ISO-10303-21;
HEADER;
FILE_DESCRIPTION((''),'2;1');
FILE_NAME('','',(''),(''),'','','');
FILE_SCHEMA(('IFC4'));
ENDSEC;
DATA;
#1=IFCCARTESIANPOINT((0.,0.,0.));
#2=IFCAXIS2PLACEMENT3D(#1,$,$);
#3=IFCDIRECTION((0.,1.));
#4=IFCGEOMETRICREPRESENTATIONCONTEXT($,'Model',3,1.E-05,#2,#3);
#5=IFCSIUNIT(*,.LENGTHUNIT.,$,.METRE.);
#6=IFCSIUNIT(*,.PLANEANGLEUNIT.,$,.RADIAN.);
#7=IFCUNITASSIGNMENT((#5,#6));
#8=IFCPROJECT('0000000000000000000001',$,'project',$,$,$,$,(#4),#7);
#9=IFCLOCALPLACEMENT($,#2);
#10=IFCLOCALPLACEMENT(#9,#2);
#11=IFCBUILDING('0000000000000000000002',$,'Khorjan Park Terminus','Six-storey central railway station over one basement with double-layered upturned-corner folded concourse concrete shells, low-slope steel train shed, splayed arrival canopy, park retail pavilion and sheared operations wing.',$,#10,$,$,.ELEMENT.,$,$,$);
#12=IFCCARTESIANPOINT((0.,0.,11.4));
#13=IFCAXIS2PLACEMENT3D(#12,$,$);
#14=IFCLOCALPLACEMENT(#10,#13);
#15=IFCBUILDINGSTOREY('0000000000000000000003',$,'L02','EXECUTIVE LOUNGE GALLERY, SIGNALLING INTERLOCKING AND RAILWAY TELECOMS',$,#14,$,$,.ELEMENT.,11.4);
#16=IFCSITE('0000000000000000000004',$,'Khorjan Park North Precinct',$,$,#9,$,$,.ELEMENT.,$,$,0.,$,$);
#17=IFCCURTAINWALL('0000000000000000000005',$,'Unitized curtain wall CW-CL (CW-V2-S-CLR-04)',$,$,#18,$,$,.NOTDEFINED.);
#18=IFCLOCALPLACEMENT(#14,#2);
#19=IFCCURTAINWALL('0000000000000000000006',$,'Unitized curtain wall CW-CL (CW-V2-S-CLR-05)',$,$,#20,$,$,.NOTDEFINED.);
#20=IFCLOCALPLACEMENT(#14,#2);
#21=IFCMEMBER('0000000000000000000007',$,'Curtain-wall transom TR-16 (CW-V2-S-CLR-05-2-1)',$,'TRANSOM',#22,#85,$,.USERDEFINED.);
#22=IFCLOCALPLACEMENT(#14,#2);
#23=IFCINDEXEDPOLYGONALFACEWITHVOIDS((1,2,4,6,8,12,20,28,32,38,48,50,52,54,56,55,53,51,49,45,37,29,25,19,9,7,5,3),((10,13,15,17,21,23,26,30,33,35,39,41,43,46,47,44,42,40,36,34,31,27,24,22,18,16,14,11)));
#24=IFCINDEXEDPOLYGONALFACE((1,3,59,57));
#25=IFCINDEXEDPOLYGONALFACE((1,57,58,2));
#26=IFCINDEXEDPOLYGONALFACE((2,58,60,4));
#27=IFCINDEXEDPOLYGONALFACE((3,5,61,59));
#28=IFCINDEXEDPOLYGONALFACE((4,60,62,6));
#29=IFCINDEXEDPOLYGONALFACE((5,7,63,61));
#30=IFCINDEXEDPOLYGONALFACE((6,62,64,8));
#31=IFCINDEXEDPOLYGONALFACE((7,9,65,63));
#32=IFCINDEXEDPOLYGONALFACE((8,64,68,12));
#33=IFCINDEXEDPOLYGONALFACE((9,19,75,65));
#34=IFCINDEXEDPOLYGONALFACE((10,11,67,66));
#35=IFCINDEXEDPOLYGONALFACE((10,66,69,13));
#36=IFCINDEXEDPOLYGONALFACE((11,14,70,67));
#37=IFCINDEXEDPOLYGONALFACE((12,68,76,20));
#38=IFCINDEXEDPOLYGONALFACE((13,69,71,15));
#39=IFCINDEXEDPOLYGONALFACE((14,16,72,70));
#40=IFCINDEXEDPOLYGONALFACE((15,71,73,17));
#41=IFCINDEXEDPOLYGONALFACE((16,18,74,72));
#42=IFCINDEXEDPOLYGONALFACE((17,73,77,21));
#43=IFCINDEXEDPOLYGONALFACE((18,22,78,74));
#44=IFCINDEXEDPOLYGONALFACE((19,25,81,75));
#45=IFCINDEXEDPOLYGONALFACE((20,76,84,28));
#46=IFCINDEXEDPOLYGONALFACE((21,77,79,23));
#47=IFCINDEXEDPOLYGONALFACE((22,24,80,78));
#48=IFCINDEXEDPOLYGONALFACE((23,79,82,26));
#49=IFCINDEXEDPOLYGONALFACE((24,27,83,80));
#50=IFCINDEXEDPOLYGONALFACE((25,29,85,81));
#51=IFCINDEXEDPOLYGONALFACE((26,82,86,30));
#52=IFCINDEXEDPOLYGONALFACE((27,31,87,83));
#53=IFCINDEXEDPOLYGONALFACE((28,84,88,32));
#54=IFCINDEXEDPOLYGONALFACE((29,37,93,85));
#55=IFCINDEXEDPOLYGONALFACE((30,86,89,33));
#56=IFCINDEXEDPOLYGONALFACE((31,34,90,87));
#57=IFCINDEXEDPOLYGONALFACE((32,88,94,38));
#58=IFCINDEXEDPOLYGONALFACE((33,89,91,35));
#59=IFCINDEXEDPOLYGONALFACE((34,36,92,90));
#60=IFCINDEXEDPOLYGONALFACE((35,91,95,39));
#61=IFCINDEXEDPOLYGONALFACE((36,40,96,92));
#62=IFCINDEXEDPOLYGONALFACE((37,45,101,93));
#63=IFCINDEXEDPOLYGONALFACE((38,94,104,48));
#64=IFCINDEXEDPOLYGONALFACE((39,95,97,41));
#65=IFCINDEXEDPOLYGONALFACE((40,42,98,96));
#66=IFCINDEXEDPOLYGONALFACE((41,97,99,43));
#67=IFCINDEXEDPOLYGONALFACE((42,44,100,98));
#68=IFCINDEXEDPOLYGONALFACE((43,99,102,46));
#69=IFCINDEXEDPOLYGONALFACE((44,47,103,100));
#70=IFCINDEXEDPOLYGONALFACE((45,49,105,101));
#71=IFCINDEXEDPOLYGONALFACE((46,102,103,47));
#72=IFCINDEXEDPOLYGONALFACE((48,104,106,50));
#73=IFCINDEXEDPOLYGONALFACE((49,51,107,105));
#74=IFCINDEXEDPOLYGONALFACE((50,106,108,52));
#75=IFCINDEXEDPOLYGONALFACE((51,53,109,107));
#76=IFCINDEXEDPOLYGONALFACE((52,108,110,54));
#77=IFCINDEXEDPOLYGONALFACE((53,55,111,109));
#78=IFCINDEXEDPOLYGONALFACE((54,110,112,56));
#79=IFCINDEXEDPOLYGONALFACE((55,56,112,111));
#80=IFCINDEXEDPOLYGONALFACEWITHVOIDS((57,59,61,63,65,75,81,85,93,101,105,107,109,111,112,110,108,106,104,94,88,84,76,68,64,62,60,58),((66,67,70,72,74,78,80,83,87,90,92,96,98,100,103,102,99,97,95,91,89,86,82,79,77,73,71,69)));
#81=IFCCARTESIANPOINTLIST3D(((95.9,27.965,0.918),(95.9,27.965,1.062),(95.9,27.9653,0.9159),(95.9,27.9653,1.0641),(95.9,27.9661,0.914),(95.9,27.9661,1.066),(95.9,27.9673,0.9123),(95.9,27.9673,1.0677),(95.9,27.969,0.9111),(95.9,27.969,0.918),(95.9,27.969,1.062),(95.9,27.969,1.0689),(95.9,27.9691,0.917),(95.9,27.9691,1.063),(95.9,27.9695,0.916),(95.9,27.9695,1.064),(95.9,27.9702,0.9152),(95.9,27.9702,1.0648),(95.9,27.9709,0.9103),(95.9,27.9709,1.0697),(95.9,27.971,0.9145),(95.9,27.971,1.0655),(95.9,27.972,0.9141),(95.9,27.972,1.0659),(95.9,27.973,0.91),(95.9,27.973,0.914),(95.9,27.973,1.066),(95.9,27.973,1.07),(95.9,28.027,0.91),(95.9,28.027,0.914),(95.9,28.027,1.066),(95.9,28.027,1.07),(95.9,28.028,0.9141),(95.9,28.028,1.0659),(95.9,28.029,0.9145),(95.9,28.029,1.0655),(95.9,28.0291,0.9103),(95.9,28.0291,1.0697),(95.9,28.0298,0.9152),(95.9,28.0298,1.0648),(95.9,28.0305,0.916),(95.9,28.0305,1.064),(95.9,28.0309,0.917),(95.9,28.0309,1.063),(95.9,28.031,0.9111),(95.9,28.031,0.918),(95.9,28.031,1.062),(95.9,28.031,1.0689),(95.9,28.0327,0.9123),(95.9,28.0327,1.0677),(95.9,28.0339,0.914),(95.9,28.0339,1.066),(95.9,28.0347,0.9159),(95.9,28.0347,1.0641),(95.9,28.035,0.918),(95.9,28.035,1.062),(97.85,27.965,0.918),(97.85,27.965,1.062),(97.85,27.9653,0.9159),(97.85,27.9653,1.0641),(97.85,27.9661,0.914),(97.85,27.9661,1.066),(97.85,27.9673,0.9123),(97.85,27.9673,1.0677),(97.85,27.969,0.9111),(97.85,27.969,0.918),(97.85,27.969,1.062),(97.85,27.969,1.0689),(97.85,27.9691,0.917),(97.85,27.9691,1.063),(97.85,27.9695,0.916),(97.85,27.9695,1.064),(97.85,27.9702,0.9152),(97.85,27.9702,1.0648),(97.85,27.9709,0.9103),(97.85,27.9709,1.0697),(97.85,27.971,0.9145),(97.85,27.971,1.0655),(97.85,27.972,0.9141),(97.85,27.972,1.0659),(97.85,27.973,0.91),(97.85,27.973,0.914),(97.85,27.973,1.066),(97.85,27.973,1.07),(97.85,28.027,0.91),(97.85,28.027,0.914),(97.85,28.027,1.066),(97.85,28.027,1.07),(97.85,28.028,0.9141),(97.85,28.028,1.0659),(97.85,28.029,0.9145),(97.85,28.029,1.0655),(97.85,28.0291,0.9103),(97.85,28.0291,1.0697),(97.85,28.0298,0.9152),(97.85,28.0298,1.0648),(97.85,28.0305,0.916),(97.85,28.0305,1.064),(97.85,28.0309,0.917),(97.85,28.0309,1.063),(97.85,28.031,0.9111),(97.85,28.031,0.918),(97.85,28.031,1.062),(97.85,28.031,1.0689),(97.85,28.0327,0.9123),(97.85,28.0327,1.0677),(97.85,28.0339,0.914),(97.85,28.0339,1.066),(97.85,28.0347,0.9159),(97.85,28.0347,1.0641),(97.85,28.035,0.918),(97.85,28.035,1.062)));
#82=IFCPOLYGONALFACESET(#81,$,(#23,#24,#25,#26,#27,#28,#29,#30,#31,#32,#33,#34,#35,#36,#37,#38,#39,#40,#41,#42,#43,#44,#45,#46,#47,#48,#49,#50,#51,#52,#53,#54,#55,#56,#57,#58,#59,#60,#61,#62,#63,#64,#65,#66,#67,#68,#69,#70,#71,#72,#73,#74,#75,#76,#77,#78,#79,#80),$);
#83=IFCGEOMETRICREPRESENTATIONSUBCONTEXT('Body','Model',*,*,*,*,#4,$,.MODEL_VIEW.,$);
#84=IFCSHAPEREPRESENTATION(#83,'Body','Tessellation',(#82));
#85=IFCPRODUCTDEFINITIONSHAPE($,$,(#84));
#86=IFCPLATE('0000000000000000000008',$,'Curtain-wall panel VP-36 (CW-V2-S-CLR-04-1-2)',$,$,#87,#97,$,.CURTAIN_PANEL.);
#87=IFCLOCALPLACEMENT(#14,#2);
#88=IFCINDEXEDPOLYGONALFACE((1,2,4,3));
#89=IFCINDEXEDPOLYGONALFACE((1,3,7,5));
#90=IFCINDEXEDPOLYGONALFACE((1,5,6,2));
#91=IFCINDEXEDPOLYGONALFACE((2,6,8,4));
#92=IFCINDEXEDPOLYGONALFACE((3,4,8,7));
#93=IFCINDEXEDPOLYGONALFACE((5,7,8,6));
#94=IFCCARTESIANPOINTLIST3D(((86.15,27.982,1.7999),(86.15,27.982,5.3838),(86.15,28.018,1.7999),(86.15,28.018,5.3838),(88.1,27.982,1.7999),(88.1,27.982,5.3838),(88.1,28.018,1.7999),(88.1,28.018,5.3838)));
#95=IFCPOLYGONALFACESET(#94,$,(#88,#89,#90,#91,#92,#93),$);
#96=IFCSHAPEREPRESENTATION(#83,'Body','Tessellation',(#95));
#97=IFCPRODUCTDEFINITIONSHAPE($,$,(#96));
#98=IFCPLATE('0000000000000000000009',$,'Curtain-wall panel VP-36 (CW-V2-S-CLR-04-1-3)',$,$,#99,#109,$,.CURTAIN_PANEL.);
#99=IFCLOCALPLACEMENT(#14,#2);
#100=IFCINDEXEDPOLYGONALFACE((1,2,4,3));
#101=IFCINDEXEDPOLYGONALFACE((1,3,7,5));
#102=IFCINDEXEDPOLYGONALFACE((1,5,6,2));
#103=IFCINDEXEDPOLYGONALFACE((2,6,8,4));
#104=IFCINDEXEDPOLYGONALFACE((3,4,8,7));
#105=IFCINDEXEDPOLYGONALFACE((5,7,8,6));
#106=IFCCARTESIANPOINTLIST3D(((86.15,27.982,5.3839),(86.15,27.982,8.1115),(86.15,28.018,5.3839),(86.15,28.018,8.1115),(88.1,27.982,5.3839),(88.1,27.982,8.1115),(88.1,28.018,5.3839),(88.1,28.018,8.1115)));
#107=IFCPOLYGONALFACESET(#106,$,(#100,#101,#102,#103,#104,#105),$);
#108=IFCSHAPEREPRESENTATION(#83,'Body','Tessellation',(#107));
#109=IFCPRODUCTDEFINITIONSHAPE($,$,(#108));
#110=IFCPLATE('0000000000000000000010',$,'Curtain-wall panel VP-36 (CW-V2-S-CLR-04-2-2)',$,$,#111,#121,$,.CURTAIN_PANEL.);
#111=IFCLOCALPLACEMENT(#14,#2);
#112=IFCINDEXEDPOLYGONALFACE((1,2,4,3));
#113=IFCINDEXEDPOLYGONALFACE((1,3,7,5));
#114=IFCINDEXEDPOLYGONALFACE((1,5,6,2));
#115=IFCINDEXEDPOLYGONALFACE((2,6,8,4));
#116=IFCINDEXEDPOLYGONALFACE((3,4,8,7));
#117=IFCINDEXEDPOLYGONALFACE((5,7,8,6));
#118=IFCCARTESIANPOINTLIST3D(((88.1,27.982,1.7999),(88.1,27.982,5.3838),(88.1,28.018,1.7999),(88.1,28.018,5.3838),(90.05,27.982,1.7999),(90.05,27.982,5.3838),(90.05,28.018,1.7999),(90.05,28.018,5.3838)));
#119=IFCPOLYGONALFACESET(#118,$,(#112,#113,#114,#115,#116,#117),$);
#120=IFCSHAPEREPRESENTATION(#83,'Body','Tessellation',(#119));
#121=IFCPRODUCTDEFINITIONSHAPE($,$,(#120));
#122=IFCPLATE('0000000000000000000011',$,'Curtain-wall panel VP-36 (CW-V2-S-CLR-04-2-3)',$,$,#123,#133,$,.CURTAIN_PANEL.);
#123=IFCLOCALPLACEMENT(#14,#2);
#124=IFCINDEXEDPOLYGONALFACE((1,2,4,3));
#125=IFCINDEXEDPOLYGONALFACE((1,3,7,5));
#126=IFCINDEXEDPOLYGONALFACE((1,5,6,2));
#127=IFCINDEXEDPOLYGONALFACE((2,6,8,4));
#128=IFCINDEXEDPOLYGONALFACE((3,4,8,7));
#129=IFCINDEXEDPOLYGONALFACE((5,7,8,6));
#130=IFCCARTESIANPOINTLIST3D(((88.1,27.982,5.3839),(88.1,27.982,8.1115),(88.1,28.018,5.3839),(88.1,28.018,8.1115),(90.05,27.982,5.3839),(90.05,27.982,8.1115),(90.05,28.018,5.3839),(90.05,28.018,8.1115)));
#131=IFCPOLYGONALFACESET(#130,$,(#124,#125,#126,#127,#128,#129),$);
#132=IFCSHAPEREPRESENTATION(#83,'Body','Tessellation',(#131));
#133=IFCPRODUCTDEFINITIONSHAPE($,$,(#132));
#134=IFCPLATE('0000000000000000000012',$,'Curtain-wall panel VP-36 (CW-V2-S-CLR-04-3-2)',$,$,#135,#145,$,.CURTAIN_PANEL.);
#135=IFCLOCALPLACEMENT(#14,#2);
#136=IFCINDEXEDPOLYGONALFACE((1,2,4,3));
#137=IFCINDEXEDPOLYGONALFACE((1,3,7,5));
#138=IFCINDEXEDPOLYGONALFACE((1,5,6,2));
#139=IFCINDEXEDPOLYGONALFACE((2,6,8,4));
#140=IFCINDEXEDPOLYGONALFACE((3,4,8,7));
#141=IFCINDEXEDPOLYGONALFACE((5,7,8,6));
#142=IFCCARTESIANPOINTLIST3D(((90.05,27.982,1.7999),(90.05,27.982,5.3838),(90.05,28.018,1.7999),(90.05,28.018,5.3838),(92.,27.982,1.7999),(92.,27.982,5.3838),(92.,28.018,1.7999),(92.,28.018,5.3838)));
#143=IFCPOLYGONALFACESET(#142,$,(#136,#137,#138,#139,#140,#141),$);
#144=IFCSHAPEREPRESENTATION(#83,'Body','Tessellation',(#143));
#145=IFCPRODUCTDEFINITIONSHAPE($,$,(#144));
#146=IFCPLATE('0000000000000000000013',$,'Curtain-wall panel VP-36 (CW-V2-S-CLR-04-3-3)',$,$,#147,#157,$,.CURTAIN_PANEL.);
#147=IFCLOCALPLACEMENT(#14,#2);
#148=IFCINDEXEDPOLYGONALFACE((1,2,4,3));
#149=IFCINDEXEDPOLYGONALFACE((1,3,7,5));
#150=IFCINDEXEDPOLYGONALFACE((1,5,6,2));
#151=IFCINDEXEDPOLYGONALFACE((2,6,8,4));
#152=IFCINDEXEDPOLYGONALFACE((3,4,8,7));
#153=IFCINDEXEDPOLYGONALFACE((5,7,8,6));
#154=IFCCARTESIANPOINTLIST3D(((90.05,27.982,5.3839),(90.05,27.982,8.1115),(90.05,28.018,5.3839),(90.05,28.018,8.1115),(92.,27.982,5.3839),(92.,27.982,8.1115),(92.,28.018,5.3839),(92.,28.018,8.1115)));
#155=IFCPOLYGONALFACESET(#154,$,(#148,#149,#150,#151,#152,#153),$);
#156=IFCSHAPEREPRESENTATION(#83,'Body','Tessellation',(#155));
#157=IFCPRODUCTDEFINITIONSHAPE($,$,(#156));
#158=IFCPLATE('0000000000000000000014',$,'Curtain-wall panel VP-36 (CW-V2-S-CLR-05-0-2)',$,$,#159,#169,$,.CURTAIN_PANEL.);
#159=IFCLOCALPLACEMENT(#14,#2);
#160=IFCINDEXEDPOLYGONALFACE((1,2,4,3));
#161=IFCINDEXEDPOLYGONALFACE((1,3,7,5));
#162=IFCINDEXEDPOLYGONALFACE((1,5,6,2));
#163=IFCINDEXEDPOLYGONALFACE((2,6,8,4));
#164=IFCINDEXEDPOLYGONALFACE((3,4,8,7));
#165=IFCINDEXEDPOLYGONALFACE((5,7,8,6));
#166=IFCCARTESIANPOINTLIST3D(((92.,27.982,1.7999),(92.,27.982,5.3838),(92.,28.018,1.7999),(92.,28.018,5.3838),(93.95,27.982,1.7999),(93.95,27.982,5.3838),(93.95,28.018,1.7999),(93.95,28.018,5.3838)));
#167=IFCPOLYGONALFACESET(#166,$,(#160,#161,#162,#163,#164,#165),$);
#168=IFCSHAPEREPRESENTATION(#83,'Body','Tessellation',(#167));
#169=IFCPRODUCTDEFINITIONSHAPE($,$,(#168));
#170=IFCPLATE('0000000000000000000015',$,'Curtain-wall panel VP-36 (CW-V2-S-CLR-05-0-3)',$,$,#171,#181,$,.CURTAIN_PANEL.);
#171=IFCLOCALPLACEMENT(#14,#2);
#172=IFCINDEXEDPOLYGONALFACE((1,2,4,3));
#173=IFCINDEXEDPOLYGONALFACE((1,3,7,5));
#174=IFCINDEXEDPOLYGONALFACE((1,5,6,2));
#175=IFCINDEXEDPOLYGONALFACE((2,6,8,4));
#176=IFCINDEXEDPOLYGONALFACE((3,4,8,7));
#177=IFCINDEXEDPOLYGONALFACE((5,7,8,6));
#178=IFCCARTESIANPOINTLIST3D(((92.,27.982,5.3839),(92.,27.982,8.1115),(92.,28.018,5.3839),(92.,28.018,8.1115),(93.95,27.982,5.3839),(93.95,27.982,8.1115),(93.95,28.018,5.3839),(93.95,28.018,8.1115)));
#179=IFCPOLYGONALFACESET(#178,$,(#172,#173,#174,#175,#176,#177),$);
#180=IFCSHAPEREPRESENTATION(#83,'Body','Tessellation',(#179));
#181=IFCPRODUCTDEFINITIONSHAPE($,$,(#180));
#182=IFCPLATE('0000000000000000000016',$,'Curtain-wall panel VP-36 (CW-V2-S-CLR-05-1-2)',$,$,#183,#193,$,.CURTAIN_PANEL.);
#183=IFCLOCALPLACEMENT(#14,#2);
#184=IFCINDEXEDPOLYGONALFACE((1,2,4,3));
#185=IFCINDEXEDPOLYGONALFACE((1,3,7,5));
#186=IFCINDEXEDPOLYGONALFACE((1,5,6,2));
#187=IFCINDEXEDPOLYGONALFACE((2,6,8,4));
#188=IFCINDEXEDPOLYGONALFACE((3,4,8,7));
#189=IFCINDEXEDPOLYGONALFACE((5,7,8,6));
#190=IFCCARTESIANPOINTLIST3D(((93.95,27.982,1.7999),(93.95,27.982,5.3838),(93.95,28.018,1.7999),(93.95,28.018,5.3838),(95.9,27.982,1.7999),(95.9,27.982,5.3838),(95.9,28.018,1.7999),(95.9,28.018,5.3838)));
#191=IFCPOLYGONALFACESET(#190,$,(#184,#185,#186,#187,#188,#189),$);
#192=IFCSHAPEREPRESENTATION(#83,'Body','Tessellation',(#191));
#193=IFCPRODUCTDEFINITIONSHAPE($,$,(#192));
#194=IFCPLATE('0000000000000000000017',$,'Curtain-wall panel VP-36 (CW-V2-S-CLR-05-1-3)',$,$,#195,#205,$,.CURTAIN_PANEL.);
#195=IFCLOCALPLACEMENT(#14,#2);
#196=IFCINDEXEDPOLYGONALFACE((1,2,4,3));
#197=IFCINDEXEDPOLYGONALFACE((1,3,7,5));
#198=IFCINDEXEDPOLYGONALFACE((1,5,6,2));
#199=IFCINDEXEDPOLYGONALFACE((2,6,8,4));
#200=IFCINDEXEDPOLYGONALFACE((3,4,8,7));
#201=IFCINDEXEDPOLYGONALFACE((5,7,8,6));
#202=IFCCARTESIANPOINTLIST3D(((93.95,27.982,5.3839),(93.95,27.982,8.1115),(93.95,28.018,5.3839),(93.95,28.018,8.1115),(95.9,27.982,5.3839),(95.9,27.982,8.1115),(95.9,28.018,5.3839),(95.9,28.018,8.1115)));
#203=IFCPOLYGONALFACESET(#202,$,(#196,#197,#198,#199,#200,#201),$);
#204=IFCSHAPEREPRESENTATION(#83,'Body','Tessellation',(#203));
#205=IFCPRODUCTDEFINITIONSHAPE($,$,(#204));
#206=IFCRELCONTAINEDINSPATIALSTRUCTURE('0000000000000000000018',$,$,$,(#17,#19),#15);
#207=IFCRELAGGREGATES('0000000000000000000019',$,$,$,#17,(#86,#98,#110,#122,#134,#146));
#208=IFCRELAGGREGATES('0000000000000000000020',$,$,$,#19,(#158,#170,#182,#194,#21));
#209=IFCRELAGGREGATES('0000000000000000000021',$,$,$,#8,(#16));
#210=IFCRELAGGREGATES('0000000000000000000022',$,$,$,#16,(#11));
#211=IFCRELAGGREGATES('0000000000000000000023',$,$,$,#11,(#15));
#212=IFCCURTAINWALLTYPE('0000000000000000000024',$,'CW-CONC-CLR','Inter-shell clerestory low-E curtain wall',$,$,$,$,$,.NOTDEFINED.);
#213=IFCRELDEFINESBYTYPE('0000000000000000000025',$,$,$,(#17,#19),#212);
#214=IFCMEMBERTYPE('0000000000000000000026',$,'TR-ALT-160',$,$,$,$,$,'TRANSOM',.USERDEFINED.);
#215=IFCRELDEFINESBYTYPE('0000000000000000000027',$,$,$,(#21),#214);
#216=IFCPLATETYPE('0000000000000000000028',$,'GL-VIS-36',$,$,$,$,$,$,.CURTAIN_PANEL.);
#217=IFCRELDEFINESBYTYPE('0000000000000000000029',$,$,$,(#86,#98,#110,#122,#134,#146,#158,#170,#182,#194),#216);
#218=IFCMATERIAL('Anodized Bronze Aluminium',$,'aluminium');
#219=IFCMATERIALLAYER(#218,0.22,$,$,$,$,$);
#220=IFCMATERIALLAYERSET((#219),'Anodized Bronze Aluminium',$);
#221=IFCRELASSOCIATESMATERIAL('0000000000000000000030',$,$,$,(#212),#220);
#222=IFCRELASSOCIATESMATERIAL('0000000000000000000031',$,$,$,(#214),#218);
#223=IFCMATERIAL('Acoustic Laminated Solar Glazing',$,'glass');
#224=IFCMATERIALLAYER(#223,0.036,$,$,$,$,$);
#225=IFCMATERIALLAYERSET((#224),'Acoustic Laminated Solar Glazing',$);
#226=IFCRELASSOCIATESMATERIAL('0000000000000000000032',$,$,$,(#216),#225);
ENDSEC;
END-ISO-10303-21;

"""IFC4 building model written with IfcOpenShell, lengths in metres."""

from ifc_helpers import new_model, si_unit, direction, frame, origin, origin_2d, place, context, subcontext, project, spatial, rectangle, hollow_rectangle, extrude, material, layer, layer_set, material_profile, profile_set, type_object, element, aggregate, save


model = new_model("IFC4")

# Units and contexts
model_context = context("Model", 3, precision=1e-05, world=origin(), true_north=direction((0.0, 1.0)))
body_context = subcontext(model_context, "Body", "Model", "MODEL_VIEW")
ifc_project = project(units=[si_unit("LENGTHUNIT", "METRE"), si_unit("PLANEANGLEUNIT", "RADIAN")], contexts=[model_context])

# Site, building, storey
site_placement = place(None, origin())
site = spatial("IfcSite", under=ifc_project, at=site_placement, Name="Khorjan Park North Precinct", CompositionType="ELEMENT", RefElevation=0.0)
building_placement = place(site_placement, origin())
building = spatial("IfcBuilding", under=site, at=building_placement, Name="Khorjan Park Terminus", Description="Six-storey central railway station over one basement with double-layered upturned-corner folded concourse concrete shells, low-slope steel train shed, splayed arrival canopy, park retail pavilion and sheared operations wing.", CompositionType="ELEMENT")
storey_placement = place(building_placement, frame((0.0, 0.0, 11.4)))
storey = spatial("IfcBuildingStorey", under=building, at=storey_placement, Name="L02", Description="EXECUTIVE LOUNGE GALLERY, SIGNALLING INTERLOCKING AND RAILWAY TELECOMS", CompositionType="ELEMENT", Elevation=11.4)

# Curtain walls
ifc_material_1 = material(Name="Anodized Bronze Aluminium", Category="aluminium")
ifc_layer_1 = layer(ifc_material_1, 0.22)
ifc_layer_set_1 = layer_set([ifc_layer_1], Name="Anodized Bronze Aluminium")
curtain_wall_type = type_object("IfcCurtainWallType", Name="CW-CONC-CLR", Description="Inter-shell clerestory low-E curtain wall", PredefinedType="NOTDEFINED", material=ifc_layer_set_1)
curtain_wall_1_placement = place(storey_placement, origin())
curtain_wall_1 = element("IfcCurtainWall", 1, at=curtain_wall_1_placement, inside=storey, type_object=curtain_wall_type, Name="Unitized curtain wall CW-CL (CW-V2-S-CLR-04)", PredefinedType="NOTDEFINED")
curtain_wall_2_placement = place(storey_placement, origin())
curtain_wall_2 = element("IfcCurtainWall", 2, at=curtain_wall_2_placement, inside=storey, type_object=curtain_wall_type, Name="Unitized curtain wall CW-CL (CW-V2-S-CLR-05)", PredefinedType="NOTDEFINED")

# Member
ifc_material_profile_1 = material_profile(ifc_material_1, hollow_rectangle(XDim=0.07, YDim=0.16, WallThickness=0.004, InnerFilletRadius=0.004, OuterFilletRadius=0.008, at=origin_2d()), Name="ALT 70x160x4")
ifc_profile_set_1 = profile_set([ifc_material_profile_1], Name="Anodized Bronze Aluminium")
member_type_1 = type_object("IfcMemberType", Name="TR-ALT-160", ElementType="TRANSOM", PredefinedType="USERDEFINED", material=ifc_profile_set_1)
member_1_placement = place(storey_placement, frame((95.9, 28.0, 0.99), z_axis=(1.0, 0.0, 0.0), x_axis=(0.0, 1.0, 0.0)))
member_1 = element("IfcMember", 3, at=member_1_placement, type_object=member_type_1, Name="Curtain-wall transom TR-16 (CW-V2-S-CLR-05-2-1)", ObjectType="TRANSOM", PredefinedType="USERDEFINED", context=body_context, shape_type="SweptSolid", body=[
    extrude(hollow_rectangle(XDim=0.07, YDim=0.16, WallThickness=0.004, InnerFilletRadius=0.004, OuterFilletRadius=0.008, at=origin_2d()), origin(), (0.0, 0.0, 1.0), 1.95),
])

# Plates
ifc_material_2 = material(Name="Acoustic Laminated Solar Glazing", Category="glass")
ifc_layer_2 = layer(ifc_material_2, 0.036)
ifc_layer_set_2 = layer_set([ifc_layer_2], Name="Acoustic Laminated Solar Glazing")
plate_type_1 = type_object("IfcPlateType", Name="GL-VIS-36", PredefinedType="CURTAIN_PANEL", material=ifc_layer_set_2)
plate_1_placement = place(storey_placement, frame((87.125, 28.0, 1.7999), z_axis=(0.0, 0.0, 1.0), x_axis=(1.0, 0.0, 0.0)))
plate_1 = element("IfcPlate", 4, at=plate_1_placement, type_object=plate_type_1, Name="Curtain-wall panel VP-36 (CW-V2-S-CLR-04-1-2)", PredefinedType="CURTAIN_PANEL", context=body_context, shape_type="SweptSolid", body=[
    extrude(rectangle(XDim=1.95, YDim=0.036, at=origin_2d()), origin(), (0.0, 0.0, 1.0), 3.5839),
])
plate_2_placement = place(storey_placement, frame((87.125, 28.0, 5.3839), z_axis=(0.0, 0.0, 1.0), x_axis=(1.0, 0.0, 0.0)))
plate_2 = element("IfcPlate", 5, at=plate_2_placement, type_object=plate_type_1, Name="Curtain-wall panel VP-36 (CW-V2-S-CLR-04-1-3)", PredefinedType="CURTAIN_PANEL", context=body_context, shape_type="SweptSolid", body=[
    extrude(rectangle(XDim=1.95, YDim=0.036, at=origin_2d()), origin(), (0.0, 0.0, 1.0), 2.7276),
])
plate_3_placement = place(storey_placement, frame((89.075, 28.0, 1.7999), z_axis=(0.0, 0.0, 1.0), x_axis=(1.0, 0.0, 0.0)))
plate_3 = element("IfcPlate", 6, at=plate_3_placement, type_object=plate_type_1, Name="Curtain-wall panel VP-36 (CW-V2-S-CLR-04-2-2)", PredefinedType="CURTAIN_PANEL", context=body_context, shape_type="SweptSolid", body=[
    extrude(rectangle(XDim=1.95, YDim=0.036, at=origin_2d()), origin(), (0.0, 0.0, 1.0), 3.5839),
])
plate_4_placement = place(storey_placement, frame((89.075, 28.0, 5.3839), z_axis=(0.0, 0.0, 1.0), x_axis=(1.0, 0.0, 0.0)))
plate_4 = element("IfcPlate", 7, at=plate_4_placement, type_object=plate_type_1, Name="Curtain-wall panel VP-36 (CW-V2-S-CLR-04-2-3)", PredefinedType="CURTAIN_PANEL", context=body_context, shape_type="SweptSolid", body=[
    extrude(rectangle(XDim=1.95, YDim=0.036, at=origin_2d()), origin(), (0.0, 0.0, 1.0), 2.7276),
])
plate_5_placement = place(storey_placement, frame((91.025, 28.0, 1.7999), z_axis=(0.0, 0.0, 1.0), x_axis=(1.0, 0.0, 0.0)))
plate_5 = element("IfcPlate", 8, at=plate_5_placement, type_object=plate_type_1, Name="Curtain-wall panel VP-36 (CW-V2-S-CLR-04-3-2)", PredefinedType="CURTAIN_PANEL", context=body_context, shape_type="SweptSolid", body=[
    extrude(rectangle(XDim=1.95, YDim=0.036, at=origin_2d()), origin(), (0.0, 0.0, 1.0), 3.5839),
])
plate_6_placement = place(storey_placement, frame((91.025, 28.0, 5.3839), z_axis=(0.0, 0.0, 1.0), x_axis=(1.0, 0.0, 0.0)))
plate_6 = element("IfcPlate", 9, at=plate_6_placement, type_object=plate_type_1, Name="Curtain-wall panel VP-36 (CW-V2-S-CLR-04-3-3)", PredefinedType="CURTAIN_PANEL", context=body_context, shape_type="SweptSolid", body=[
    extrude(rectangle(XDim=1.95, YDim=0.036, at=origin_2d()), origin(), (0.0, 0.0, 1.0), 2.7276),
])
plate_7_placement = place(storey_placement, frame((92.975, 28.0, 1.7999), z_axis=(0.0, 0.0, 1.0), x_axis=(1.0, 0.0, 0.0)))
plate_7 = element("IfcPlate", 10, at=plate_7_placement, type_object=plate_type_1, Name="Curtain-wall panel VP-36 (CW-V2-S-CLR-05-0-2)", PredefinedType="CURTAIN_PANEL", context=body_context, shape_type="SweptSolid", body=[
    extrude(rectangle(XDim=1.95, YDim=0.036, at=origin_2d()), origin(), (0.0, 0.0, 1.0), 3.5839),
])
plate_8_placement = place(storey_placement, frame((92.975, 28.0, 5.3839), z_axis=(0.0, 0.0, 1.0), x_axis=(1.0, 0.0, 0.0)))
plate_8 = element("IfcPlate", 11, at=plate_8_placement, type_object=plate_type_1, Name="Curtain-wall panel VP-36 (CW-V2-S-CLR-05-0-3)", PredefinedType="CURTAIN_PANEL", context=body_context, shape_type="SweptSolid", body=[
    extrude(rectangle(XDim=1.95, YDim=0.036, at=origin_2d()), origin(), (0.0, 0.0, 1.0), 2.7276),
])
plate_9_placement = place(storey_placement, frame((94.925, 28.0, 1.7999), z_axis=(0.0, 0.0, 1.0), x_axis=(1.0, 0.0, 0.0)))
plate_9 = element("IfcPlate", 12, at=plate_9_placement, type_object=plate_type_1, Name="Curtain-wall panel VP-36 (CW-V2-S-CLR-05-1-2)", PredefinedType="CURTAIN_PANEL", context=body_context, shape_type="SweptSolid", body=[
    extrude(rectangle(XDim=1.95, YDim=0.036, at=origin_2d()), origin(), (0.0, 0.0, 1.0), 3.5839),
])
plate_10_placement = place(storey_placement, frame((94.925, 28.0, 5.3839), z_axis=(0.0, 0.0, 1.0), x_axis=(1.0, 0.0, 0.0)))
plate_10 = element("IfcPlate", 13, at=plate_10_placement, type_object=plate_type_1, Name="Curtain-wall panel VP-36 (CW-V2-S-CLR-05-1-3)", PredefinedType="CURTAIN_PANEL", context=body_context, shape_type="SweptSolid", body=[
    extrude(rectangle(XDim=1.95, YDim=0.036, at=origin_2d()), origin(), (0.0, 0.0, 1.0), 2.7276),
])

aggregate(curtain_wall_1, [plate_1, plate_2, plate_3, plate_4, plate_5, plate_6])
aggregate(curtain_wall_2, [plate_7, plate_8, plate_9, plate_10, member_1])

save(model, "model.ifc")
